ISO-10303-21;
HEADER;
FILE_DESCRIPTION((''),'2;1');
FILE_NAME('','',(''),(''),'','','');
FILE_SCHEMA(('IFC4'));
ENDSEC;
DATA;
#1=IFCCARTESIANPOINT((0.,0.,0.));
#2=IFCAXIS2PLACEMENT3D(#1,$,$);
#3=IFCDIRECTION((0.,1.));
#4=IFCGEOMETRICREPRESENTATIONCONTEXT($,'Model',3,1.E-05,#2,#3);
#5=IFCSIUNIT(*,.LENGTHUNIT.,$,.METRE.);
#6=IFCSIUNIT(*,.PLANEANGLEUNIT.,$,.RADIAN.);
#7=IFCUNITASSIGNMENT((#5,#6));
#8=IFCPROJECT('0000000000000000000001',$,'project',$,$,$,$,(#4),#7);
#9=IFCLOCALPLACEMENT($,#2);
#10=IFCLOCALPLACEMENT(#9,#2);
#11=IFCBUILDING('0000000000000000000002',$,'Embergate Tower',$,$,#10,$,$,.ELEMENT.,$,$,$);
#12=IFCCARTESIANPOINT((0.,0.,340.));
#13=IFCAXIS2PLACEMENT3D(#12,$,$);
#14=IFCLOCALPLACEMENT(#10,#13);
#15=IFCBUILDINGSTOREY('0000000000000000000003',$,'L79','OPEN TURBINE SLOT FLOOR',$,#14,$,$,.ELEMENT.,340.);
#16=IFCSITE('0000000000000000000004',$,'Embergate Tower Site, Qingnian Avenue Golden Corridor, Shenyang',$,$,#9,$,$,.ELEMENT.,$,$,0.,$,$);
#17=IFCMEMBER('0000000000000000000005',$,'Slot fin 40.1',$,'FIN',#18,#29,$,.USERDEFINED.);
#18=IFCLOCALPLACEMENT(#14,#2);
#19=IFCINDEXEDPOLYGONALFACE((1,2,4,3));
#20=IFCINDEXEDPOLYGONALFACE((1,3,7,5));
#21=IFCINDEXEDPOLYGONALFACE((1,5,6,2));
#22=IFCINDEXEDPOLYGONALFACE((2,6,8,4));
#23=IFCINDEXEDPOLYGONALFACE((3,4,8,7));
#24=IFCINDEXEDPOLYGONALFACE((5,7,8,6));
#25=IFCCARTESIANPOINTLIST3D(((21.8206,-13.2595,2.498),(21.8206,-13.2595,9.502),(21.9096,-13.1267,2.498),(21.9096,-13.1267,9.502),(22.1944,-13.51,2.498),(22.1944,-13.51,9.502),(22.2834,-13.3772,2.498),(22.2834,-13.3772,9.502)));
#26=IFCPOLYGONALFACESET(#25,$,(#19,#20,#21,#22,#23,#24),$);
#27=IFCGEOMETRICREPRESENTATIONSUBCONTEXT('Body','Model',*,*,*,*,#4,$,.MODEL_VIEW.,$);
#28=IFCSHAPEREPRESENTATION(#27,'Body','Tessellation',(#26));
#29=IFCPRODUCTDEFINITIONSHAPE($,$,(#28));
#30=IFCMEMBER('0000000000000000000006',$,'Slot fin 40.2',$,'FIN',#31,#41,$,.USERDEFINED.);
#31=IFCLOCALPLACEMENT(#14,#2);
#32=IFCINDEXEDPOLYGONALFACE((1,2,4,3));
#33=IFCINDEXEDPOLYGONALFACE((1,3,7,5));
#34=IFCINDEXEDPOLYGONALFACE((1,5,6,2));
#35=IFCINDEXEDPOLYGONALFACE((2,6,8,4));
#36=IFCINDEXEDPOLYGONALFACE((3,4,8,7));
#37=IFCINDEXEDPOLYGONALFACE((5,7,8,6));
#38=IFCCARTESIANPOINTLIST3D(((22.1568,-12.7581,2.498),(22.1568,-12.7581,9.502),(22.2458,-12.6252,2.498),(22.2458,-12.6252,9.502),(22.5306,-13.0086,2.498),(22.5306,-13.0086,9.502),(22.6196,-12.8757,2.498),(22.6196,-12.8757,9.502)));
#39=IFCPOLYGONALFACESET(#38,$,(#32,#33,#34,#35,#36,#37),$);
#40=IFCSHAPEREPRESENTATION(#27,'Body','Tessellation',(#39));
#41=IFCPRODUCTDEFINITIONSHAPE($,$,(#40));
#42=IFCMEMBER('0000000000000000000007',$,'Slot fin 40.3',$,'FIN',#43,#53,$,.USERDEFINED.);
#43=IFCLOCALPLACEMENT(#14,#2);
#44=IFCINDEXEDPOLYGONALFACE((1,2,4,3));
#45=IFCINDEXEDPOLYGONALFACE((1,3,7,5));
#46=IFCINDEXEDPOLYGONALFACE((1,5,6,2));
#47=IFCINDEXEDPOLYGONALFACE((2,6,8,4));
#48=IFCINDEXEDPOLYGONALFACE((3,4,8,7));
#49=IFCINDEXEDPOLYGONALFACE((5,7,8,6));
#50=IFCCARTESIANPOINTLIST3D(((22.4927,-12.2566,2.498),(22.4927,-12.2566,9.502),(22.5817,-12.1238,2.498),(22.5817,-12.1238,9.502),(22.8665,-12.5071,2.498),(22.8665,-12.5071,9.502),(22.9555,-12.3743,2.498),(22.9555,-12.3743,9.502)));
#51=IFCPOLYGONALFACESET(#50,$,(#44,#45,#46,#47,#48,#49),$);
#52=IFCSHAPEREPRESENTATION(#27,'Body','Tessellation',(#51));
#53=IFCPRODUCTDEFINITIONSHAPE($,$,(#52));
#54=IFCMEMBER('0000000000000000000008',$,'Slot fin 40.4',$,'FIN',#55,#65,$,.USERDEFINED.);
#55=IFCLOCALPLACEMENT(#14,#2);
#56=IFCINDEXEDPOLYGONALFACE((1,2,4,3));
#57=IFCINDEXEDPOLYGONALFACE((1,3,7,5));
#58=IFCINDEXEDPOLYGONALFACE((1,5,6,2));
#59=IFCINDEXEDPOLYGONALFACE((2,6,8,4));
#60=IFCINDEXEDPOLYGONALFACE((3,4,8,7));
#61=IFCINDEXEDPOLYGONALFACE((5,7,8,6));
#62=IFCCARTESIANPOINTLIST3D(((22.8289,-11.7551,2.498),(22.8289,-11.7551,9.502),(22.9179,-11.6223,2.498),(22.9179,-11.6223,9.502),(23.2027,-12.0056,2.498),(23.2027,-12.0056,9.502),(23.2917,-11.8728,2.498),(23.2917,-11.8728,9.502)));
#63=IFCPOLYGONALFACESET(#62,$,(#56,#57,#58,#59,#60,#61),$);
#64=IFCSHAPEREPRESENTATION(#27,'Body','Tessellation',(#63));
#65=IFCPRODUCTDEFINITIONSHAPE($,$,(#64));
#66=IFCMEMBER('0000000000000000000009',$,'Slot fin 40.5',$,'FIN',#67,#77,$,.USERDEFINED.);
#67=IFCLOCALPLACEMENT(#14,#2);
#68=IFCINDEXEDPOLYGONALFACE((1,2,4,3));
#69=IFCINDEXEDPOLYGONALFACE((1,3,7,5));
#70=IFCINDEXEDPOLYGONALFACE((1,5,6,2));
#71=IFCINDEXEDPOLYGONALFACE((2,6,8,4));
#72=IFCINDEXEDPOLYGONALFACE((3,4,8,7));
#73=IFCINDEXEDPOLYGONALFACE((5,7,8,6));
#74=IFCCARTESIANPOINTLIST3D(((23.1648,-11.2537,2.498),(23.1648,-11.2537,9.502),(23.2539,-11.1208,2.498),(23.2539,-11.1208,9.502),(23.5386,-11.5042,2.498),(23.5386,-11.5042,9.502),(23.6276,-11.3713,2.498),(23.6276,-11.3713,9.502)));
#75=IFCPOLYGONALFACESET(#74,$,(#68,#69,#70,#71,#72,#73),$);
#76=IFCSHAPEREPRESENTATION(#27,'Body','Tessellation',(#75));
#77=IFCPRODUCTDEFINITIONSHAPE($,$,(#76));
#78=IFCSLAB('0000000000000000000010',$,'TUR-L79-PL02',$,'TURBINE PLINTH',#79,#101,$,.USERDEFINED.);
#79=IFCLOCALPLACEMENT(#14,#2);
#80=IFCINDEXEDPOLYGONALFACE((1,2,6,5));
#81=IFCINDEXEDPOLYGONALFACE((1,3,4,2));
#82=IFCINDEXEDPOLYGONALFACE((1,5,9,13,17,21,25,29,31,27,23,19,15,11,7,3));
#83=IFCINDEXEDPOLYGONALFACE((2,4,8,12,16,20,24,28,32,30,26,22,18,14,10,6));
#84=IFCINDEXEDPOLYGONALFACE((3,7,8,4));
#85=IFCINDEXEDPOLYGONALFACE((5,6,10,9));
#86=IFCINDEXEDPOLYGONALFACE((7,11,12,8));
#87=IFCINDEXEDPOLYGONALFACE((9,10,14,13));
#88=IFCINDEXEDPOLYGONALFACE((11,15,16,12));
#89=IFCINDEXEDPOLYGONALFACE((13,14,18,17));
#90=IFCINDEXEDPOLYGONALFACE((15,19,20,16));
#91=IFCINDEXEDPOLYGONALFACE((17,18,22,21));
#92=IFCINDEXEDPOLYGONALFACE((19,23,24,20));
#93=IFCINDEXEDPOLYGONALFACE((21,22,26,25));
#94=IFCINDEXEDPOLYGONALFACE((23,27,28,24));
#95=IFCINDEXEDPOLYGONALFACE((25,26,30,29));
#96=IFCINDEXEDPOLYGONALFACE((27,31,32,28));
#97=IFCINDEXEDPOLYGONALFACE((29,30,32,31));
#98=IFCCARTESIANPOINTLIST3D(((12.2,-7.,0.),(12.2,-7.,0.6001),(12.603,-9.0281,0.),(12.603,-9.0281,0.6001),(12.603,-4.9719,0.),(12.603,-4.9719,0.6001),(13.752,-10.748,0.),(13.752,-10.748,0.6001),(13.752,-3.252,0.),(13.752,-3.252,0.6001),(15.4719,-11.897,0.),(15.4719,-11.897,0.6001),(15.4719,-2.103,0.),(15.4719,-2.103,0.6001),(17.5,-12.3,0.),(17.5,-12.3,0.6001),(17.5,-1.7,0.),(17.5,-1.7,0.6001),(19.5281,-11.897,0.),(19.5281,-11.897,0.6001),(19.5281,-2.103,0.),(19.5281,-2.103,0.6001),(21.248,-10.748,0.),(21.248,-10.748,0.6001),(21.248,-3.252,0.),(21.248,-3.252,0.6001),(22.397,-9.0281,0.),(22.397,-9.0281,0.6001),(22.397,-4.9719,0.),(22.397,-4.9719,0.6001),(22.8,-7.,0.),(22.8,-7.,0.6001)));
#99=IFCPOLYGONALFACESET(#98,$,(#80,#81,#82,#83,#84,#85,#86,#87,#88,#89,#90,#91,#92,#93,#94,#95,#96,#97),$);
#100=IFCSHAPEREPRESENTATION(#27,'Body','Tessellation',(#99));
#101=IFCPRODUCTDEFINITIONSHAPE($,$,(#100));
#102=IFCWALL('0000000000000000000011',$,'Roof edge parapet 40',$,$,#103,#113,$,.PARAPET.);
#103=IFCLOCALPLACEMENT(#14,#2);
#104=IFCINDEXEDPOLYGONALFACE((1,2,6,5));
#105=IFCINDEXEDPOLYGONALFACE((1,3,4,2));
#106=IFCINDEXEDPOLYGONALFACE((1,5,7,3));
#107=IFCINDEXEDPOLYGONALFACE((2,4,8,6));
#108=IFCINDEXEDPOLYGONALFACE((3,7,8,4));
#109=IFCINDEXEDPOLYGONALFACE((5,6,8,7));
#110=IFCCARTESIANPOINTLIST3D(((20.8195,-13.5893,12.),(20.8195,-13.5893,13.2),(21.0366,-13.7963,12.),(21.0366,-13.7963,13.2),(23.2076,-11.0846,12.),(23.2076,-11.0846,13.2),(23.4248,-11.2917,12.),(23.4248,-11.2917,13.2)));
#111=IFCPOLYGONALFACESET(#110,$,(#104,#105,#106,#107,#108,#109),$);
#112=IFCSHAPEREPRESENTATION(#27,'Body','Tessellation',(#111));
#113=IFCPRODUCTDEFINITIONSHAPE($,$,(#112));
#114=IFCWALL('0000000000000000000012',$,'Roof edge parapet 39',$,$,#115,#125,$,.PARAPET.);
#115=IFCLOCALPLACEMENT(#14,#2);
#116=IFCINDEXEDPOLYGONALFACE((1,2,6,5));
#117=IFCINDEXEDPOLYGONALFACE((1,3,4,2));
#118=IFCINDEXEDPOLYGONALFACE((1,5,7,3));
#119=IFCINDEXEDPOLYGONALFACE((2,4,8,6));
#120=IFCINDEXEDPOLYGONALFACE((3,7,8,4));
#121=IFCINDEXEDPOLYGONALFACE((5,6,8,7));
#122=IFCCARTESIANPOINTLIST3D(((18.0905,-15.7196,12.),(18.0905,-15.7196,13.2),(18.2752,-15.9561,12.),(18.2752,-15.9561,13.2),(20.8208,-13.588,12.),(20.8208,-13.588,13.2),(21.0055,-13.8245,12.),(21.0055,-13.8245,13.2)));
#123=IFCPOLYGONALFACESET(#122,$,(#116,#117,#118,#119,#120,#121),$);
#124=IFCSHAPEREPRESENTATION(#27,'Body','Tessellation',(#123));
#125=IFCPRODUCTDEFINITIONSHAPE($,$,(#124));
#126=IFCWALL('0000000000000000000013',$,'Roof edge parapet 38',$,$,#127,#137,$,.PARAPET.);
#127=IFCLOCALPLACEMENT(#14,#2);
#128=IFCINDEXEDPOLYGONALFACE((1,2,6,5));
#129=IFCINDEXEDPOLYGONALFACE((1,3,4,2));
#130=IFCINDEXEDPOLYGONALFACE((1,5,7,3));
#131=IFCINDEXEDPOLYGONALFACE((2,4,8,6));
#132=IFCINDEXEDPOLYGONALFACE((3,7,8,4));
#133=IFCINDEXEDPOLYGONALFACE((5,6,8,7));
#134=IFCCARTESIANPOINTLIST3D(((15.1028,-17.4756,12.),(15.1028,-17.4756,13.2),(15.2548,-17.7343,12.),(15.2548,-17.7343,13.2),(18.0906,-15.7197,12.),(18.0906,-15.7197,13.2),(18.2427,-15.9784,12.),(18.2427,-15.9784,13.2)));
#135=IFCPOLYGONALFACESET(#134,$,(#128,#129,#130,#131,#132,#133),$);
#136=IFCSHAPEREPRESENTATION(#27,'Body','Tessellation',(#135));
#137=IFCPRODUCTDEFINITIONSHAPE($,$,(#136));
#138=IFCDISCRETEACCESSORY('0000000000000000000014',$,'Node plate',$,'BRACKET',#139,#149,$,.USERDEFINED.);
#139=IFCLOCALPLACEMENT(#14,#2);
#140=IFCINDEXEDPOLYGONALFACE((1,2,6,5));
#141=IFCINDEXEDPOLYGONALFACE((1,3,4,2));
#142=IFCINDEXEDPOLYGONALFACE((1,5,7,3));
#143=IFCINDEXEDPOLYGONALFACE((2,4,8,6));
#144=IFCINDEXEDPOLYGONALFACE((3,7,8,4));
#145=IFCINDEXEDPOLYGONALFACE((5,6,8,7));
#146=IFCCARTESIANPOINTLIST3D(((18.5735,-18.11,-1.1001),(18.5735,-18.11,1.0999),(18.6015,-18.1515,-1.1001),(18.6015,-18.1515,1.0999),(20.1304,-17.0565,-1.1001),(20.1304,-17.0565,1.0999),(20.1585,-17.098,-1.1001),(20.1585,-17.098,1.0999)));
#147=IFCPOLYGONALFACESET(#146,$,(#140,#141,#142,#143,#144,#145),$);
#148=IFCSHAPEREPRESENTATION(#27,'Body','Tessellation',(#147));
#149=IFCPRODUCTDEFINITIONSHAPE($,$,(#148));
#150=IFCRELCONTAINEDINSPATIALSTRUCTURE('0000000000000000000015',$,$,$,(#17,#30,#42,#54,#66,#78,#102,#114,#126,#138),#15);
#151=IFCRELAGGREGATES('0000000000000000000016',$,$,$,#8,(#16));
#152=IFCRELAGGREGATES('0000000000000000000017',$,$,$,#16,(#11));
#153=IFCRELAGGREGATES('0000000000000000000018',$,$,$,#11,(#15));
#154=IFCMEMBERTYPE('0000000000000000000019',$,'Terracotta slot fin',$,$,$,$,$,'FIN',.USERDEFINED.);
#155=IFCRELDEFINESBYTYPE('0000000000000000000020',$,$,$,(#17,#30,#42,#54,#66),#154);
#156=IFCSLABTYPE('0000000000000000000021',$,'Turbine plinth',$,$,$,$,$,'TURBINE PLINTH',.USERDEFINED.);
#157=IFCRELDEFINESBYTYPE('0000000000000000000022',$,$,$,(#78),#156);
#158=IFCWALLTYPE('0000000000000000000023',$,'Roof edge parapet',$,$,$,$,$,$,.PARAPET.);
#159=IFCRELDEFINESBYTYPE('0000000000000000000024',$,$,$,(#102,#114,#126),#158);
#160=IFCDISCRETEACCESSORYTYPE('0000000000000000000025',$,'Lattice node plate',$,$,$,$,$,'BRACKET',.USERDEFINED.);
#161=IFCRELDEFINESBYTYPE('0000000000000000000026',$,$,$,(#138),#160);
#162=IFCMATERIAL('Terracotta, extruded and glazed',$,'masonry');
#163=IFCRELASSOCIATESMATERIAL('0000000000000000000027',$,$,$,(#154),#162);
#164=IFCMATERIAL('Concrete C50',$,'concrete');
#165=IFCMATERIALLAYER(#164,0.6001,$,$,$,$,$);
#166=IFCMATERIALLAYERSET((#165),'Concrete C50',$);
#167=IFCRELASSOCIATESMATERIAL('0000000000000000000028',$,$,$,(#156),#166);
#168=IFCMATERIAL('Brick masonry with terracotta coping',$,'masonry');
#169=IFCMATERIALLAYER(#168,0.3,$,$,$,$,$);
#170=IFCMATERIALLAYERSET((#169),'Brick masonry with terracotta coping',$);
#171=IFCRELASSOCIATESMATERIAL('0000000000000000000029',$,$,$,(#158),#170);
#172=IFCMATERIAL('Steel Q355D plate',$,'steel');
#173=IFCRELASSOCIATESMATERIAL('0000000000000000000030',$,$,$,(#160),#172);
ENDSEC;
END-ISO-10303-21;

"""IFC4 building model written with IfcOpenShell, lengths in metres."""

from ifc_helpers import new_model, si_unit, direction, frame, frame_2d, origin, origin_2d, place, context, subcontext, project, spatial, polyline, rectangle, outline, extrude, source, transform, mapped, material, layer, layer_set, material_profile, profile_set, type_object, element, save


model = new_model("IFC4")

# Units and contexts
model_context = context("Model", 3, precision=1e-05, world=origin(), true_north=direction((0.0, 1.0)))
body_context = subcontext(model_context, "Body", "Model", "MODEL_VIEW")
ifc_project = project(units=[si_unit("LENGTHUNIT", "METRE"), si_unit("PLANEANGLEUNIT", "RADIAN")], contexts=[model_context])

# Site, building, storey
site_placement = place(None, origin())
site = spatial("IfcSite", under=ifc_project, at=site_placement, Name="Embergate Tower Site, Qingnian Avenue Golden Corridor, Shenyang", CompositionType="ELEMENT", RefElevation=0.0)
building_placement = place(site_placement, origin())
building = spatial("IfcBuilding", under=site, at=building_placement, Name="Embergate Tower", CompositionType="ELEMENT")
storey_placement = place(building_placement, frame((0.0, 0.0, 340.0)))
storey = spatial("IfcBuildingStorey", under=building, at=storey_placement, Name="L79", Description="OPEN TURBINE SLOT FLOOR", CompositionType="ELEMENT", Elevation=340.0)

# Shared definitions
ifc_material_1 = material(Name="Concrete C50", Category="concrete")

# Members
ifc_material_2 = material(Name="Terracotta, extruded and glazed", Category="masonry")
ifc_material_profile_1 = material_profile(ifc_material_2, rectangle(XDim=0.45, YDim=0.1599, at=origin_2d()), Name="TC 450x160")
ifc_profile_set_1 = profile_set([ifc_material_profile_1], Name="Terracotta, extruded and glazed")
member_type_1 = type_object("IfcMemberType", Name="Terracotta slot fin", ElementType="FIN", PredefinedType="USERDEFINED", material=ifc_profile_set_1)
shared_shape_1 = source(origin(), body_context, "Body", "SweptSolid", [
    extrude(rectangle(XDim=0.45, YDim=0.1599, at=origin_2d()), origin(), (0.0, 0.0, 1.0), 7.0039),
])
for number, where, z_axis, x_axis, name in (
    (1, (22.052, -13.3184, 2.498), (0.0, 0.0, 1.0), (-0.830713, 0.556702, 0.0), "Slot fin 40.1"),
    (2, (22.3882, -12.8169, 2.498), (0.0, 0.0, 1.0), (-0.830713, 0.556702, 0.0), "Slot fin 40.2"),
    (3, (22.7241, -12.3154, 2.498), (0.0, 0.0, 1.0), (-0.830713, 0.556702, 0.0), "Slot fin 40.3"),
    (4, (23.0603, -11.814, 2.498), (0.0, 0.0, 1.0), (-0.830713, 0.556702, 0.0), "Slot fin 40.4"),
    (5, (23.3962, -11.3125, 2.498), (0.0, 0.0, 1.0), (-0.830713, 0.556702, 0.0), "Slot fin 40.5"),
):
    element("IfcMember", number, at=place(storey_placement, frame(where, z_axis=z_axis, x_axis=x_axis)), inside=storey, type_object=member_type_1, Name=name, ObjectType="FIN", PredefinedType="USERDEFINED", context=body_context, shape_type="MappedRepresentation", body=[
        mapped(shared_shape_1, transform((0.0, 0.0, 0.0))),
    ])

# Slab
ifc_layer_1 = layer(ifc_material_1, 0.6001)
ifc_layer_set_1 = layer_set([ifc_layer_1], Name="Concrete C50")
slab_type = type_object("IfcSlabType", Name="Turbine plinth", ElementType="TURBINE PLINTH", PredefinedType="USERDEFINED", material=ifc_layer_set_1)
shared_shape_2 = source(origin(), body_context, "Body", "SweptSolid", [
    extrude(outline(polyline([(0.0, 0.0), (2.0281, 0.4031), (3.748, 1.552), (4.897, 3.272), (5.3, 5.3), (4.897, 7.3281), (3.748, 9.0481), (2.0281, 10.197), (0.0, 10.6001), (-2.0281, 10.197), (-3.748, 9.0481), (-4.897, 7.3281), (-5.3, 5.3), (-4.897, 3.272), (-3.748, 1.552), (-2.0281, 0.4031), (0.0, 0.0)])), origin(), (0.0, 0.0, 1.0), 0.6001),
])
slab_placement = place(storey_placement, frame((17.5, -12.3, 0.0)))
element("IfcSlab", 6, at=slab_placement, inside=storey, type_object=slab_type, Name="TUR-L79-PL02", ObjectType="TURBINE PLINTH", PredefinedType="USERDEFINED", context=body_context, shape_type="MappedRepresentation", body=[
    mapped(shared_shape_2, transform((0.0, 0.0, 0.0))),
])

# Walls
ifc_material_3 = material(Name="Brick masonry with terracotta coping", Category="masonry")
ifc_layer_2 = layer(ifc_material_3, 0.3)
ifc_layer_set_2 = layer_set([ifc_layer_2], Name="Brick masonry with terracotta coping")
wall_type = type_object("IfcWallType", Name="Roof edge parapet", PredefinedType="PARAPET", material=ifc_layer_set_2)
shared_shape_3 = source(origin(), body_context, "Body", "SweptSolid", [
    extrude(rectangle(XDim=3.4607, YDim=0.3, at=frame_2d((1.7305, 0.0))), origin(), (0.0, 0.0, 1.0), 1.2),
])
wall_1_placement = place(storey_placement, frame((20.928, -13.6929, 12.0), z_axis=(0.0, 0.0, 1.0), x_axis=(0.690081, 0.723732, 0.0)))
element("IfcWall", 7, at=wall_1_placement, inside=storey, type_object=wall_type, Name="Roof edge parapet 40", PredefinedType="PARAPET", context=body_context, shape_type="MappedRepresentation", body=[
    mapped(shared_shape_3, transform((0.0, 0.0, 0.0))),
])
shared_shape_4 = source(origin(), body_context, "Body", "SweptSolid", [
    extrude(rectangle(XDim=3.4639, YDim=0.3, at=frame_2d((1.7319, 0.0))), origin(), (0.0, 0.0, 1.0), 1.2),
])
wall_2_placement = place(storey_placement, frame((18.1829, -15.8379, 12.0), z_axis=(0.0, 0.0, 1.0), x_axis=(0.78822, 0.615394, 0.0)))
element("IfcWall", 8, at=wall_2_placement, inside=storey, type_object=wall_type, Name="Roof edge parapet 39", PredefinedType="PARAPET", context=body_context, shape_type="MappedRepresentation", body=[
    mapped(shared_shape_4, transform((0.0, 0.0, 0.0))),
])
shared_shape_5 = source(origin(), body_context, "Body", "SweptSolid", [
    extrude(rectangle(XDim=3.4656, YDim=0.3, at=frame_2d((1.7329, 0.0))), origin(), (0.0, 0.0, 1.0), 1.2),
])
wall_3_placement = place(storey_placement, frame((15.1787, -17.605, 12.0), z_axis=(0.0, 0.0, 1.0), x_axis=(0.862144, 0.506663, 0.0)))
element("IfcWall", 9, at=wall_3_placement, inside=storey, type_object=wall_type, Name="Roof edge parapet 38", PredefinedType="PARAPET", context=body_context, shape_type="MappedRepresentation", body=[
    mapped(shared_shape_5, transform((0.0, 0.0, 0.0))),
])

# Discrete accessory
ifc_material_4 = material(Name="Steel Q355D plate", Category="steel")
discrete_accessory_type = type_object("IfcDiscreteAccessoryType", Name="Lattice node plate", ElementType="BRACKET", PredefinedType="USERDEFINED", material=ifc_material_4)
shared_shape_6 = source(origin(), body_context, "Body", "SweptSolid", [
    extrude(rectangle(XDim=1.8799, YDim=0.05, at=origin_2d()), origin(), (0.0, 0.0, 1.0), 2.2),
])
discrete_accessory_placement = place(storey_placement, frame((19.366, -17.604, -1.1001), z_axis=(0.0, 0.0, 1.0), x_axis=(0.828227, 0.560393, 0.0)))
element("IfcDiscreteAccessory", 10, at=discrete_accessory_placement, inside=storey, type_object=discrete_accessory_type, Name="Node plate", ObjectType="BRACKET", PredefinedType="USERDEFINED", context=body_context, shape_type="MappedRepresentation", body=[
    mapped(shared_shape_6, transform((0.0, 0.0, 0.0))),
])

save(model, "model.ifc")
